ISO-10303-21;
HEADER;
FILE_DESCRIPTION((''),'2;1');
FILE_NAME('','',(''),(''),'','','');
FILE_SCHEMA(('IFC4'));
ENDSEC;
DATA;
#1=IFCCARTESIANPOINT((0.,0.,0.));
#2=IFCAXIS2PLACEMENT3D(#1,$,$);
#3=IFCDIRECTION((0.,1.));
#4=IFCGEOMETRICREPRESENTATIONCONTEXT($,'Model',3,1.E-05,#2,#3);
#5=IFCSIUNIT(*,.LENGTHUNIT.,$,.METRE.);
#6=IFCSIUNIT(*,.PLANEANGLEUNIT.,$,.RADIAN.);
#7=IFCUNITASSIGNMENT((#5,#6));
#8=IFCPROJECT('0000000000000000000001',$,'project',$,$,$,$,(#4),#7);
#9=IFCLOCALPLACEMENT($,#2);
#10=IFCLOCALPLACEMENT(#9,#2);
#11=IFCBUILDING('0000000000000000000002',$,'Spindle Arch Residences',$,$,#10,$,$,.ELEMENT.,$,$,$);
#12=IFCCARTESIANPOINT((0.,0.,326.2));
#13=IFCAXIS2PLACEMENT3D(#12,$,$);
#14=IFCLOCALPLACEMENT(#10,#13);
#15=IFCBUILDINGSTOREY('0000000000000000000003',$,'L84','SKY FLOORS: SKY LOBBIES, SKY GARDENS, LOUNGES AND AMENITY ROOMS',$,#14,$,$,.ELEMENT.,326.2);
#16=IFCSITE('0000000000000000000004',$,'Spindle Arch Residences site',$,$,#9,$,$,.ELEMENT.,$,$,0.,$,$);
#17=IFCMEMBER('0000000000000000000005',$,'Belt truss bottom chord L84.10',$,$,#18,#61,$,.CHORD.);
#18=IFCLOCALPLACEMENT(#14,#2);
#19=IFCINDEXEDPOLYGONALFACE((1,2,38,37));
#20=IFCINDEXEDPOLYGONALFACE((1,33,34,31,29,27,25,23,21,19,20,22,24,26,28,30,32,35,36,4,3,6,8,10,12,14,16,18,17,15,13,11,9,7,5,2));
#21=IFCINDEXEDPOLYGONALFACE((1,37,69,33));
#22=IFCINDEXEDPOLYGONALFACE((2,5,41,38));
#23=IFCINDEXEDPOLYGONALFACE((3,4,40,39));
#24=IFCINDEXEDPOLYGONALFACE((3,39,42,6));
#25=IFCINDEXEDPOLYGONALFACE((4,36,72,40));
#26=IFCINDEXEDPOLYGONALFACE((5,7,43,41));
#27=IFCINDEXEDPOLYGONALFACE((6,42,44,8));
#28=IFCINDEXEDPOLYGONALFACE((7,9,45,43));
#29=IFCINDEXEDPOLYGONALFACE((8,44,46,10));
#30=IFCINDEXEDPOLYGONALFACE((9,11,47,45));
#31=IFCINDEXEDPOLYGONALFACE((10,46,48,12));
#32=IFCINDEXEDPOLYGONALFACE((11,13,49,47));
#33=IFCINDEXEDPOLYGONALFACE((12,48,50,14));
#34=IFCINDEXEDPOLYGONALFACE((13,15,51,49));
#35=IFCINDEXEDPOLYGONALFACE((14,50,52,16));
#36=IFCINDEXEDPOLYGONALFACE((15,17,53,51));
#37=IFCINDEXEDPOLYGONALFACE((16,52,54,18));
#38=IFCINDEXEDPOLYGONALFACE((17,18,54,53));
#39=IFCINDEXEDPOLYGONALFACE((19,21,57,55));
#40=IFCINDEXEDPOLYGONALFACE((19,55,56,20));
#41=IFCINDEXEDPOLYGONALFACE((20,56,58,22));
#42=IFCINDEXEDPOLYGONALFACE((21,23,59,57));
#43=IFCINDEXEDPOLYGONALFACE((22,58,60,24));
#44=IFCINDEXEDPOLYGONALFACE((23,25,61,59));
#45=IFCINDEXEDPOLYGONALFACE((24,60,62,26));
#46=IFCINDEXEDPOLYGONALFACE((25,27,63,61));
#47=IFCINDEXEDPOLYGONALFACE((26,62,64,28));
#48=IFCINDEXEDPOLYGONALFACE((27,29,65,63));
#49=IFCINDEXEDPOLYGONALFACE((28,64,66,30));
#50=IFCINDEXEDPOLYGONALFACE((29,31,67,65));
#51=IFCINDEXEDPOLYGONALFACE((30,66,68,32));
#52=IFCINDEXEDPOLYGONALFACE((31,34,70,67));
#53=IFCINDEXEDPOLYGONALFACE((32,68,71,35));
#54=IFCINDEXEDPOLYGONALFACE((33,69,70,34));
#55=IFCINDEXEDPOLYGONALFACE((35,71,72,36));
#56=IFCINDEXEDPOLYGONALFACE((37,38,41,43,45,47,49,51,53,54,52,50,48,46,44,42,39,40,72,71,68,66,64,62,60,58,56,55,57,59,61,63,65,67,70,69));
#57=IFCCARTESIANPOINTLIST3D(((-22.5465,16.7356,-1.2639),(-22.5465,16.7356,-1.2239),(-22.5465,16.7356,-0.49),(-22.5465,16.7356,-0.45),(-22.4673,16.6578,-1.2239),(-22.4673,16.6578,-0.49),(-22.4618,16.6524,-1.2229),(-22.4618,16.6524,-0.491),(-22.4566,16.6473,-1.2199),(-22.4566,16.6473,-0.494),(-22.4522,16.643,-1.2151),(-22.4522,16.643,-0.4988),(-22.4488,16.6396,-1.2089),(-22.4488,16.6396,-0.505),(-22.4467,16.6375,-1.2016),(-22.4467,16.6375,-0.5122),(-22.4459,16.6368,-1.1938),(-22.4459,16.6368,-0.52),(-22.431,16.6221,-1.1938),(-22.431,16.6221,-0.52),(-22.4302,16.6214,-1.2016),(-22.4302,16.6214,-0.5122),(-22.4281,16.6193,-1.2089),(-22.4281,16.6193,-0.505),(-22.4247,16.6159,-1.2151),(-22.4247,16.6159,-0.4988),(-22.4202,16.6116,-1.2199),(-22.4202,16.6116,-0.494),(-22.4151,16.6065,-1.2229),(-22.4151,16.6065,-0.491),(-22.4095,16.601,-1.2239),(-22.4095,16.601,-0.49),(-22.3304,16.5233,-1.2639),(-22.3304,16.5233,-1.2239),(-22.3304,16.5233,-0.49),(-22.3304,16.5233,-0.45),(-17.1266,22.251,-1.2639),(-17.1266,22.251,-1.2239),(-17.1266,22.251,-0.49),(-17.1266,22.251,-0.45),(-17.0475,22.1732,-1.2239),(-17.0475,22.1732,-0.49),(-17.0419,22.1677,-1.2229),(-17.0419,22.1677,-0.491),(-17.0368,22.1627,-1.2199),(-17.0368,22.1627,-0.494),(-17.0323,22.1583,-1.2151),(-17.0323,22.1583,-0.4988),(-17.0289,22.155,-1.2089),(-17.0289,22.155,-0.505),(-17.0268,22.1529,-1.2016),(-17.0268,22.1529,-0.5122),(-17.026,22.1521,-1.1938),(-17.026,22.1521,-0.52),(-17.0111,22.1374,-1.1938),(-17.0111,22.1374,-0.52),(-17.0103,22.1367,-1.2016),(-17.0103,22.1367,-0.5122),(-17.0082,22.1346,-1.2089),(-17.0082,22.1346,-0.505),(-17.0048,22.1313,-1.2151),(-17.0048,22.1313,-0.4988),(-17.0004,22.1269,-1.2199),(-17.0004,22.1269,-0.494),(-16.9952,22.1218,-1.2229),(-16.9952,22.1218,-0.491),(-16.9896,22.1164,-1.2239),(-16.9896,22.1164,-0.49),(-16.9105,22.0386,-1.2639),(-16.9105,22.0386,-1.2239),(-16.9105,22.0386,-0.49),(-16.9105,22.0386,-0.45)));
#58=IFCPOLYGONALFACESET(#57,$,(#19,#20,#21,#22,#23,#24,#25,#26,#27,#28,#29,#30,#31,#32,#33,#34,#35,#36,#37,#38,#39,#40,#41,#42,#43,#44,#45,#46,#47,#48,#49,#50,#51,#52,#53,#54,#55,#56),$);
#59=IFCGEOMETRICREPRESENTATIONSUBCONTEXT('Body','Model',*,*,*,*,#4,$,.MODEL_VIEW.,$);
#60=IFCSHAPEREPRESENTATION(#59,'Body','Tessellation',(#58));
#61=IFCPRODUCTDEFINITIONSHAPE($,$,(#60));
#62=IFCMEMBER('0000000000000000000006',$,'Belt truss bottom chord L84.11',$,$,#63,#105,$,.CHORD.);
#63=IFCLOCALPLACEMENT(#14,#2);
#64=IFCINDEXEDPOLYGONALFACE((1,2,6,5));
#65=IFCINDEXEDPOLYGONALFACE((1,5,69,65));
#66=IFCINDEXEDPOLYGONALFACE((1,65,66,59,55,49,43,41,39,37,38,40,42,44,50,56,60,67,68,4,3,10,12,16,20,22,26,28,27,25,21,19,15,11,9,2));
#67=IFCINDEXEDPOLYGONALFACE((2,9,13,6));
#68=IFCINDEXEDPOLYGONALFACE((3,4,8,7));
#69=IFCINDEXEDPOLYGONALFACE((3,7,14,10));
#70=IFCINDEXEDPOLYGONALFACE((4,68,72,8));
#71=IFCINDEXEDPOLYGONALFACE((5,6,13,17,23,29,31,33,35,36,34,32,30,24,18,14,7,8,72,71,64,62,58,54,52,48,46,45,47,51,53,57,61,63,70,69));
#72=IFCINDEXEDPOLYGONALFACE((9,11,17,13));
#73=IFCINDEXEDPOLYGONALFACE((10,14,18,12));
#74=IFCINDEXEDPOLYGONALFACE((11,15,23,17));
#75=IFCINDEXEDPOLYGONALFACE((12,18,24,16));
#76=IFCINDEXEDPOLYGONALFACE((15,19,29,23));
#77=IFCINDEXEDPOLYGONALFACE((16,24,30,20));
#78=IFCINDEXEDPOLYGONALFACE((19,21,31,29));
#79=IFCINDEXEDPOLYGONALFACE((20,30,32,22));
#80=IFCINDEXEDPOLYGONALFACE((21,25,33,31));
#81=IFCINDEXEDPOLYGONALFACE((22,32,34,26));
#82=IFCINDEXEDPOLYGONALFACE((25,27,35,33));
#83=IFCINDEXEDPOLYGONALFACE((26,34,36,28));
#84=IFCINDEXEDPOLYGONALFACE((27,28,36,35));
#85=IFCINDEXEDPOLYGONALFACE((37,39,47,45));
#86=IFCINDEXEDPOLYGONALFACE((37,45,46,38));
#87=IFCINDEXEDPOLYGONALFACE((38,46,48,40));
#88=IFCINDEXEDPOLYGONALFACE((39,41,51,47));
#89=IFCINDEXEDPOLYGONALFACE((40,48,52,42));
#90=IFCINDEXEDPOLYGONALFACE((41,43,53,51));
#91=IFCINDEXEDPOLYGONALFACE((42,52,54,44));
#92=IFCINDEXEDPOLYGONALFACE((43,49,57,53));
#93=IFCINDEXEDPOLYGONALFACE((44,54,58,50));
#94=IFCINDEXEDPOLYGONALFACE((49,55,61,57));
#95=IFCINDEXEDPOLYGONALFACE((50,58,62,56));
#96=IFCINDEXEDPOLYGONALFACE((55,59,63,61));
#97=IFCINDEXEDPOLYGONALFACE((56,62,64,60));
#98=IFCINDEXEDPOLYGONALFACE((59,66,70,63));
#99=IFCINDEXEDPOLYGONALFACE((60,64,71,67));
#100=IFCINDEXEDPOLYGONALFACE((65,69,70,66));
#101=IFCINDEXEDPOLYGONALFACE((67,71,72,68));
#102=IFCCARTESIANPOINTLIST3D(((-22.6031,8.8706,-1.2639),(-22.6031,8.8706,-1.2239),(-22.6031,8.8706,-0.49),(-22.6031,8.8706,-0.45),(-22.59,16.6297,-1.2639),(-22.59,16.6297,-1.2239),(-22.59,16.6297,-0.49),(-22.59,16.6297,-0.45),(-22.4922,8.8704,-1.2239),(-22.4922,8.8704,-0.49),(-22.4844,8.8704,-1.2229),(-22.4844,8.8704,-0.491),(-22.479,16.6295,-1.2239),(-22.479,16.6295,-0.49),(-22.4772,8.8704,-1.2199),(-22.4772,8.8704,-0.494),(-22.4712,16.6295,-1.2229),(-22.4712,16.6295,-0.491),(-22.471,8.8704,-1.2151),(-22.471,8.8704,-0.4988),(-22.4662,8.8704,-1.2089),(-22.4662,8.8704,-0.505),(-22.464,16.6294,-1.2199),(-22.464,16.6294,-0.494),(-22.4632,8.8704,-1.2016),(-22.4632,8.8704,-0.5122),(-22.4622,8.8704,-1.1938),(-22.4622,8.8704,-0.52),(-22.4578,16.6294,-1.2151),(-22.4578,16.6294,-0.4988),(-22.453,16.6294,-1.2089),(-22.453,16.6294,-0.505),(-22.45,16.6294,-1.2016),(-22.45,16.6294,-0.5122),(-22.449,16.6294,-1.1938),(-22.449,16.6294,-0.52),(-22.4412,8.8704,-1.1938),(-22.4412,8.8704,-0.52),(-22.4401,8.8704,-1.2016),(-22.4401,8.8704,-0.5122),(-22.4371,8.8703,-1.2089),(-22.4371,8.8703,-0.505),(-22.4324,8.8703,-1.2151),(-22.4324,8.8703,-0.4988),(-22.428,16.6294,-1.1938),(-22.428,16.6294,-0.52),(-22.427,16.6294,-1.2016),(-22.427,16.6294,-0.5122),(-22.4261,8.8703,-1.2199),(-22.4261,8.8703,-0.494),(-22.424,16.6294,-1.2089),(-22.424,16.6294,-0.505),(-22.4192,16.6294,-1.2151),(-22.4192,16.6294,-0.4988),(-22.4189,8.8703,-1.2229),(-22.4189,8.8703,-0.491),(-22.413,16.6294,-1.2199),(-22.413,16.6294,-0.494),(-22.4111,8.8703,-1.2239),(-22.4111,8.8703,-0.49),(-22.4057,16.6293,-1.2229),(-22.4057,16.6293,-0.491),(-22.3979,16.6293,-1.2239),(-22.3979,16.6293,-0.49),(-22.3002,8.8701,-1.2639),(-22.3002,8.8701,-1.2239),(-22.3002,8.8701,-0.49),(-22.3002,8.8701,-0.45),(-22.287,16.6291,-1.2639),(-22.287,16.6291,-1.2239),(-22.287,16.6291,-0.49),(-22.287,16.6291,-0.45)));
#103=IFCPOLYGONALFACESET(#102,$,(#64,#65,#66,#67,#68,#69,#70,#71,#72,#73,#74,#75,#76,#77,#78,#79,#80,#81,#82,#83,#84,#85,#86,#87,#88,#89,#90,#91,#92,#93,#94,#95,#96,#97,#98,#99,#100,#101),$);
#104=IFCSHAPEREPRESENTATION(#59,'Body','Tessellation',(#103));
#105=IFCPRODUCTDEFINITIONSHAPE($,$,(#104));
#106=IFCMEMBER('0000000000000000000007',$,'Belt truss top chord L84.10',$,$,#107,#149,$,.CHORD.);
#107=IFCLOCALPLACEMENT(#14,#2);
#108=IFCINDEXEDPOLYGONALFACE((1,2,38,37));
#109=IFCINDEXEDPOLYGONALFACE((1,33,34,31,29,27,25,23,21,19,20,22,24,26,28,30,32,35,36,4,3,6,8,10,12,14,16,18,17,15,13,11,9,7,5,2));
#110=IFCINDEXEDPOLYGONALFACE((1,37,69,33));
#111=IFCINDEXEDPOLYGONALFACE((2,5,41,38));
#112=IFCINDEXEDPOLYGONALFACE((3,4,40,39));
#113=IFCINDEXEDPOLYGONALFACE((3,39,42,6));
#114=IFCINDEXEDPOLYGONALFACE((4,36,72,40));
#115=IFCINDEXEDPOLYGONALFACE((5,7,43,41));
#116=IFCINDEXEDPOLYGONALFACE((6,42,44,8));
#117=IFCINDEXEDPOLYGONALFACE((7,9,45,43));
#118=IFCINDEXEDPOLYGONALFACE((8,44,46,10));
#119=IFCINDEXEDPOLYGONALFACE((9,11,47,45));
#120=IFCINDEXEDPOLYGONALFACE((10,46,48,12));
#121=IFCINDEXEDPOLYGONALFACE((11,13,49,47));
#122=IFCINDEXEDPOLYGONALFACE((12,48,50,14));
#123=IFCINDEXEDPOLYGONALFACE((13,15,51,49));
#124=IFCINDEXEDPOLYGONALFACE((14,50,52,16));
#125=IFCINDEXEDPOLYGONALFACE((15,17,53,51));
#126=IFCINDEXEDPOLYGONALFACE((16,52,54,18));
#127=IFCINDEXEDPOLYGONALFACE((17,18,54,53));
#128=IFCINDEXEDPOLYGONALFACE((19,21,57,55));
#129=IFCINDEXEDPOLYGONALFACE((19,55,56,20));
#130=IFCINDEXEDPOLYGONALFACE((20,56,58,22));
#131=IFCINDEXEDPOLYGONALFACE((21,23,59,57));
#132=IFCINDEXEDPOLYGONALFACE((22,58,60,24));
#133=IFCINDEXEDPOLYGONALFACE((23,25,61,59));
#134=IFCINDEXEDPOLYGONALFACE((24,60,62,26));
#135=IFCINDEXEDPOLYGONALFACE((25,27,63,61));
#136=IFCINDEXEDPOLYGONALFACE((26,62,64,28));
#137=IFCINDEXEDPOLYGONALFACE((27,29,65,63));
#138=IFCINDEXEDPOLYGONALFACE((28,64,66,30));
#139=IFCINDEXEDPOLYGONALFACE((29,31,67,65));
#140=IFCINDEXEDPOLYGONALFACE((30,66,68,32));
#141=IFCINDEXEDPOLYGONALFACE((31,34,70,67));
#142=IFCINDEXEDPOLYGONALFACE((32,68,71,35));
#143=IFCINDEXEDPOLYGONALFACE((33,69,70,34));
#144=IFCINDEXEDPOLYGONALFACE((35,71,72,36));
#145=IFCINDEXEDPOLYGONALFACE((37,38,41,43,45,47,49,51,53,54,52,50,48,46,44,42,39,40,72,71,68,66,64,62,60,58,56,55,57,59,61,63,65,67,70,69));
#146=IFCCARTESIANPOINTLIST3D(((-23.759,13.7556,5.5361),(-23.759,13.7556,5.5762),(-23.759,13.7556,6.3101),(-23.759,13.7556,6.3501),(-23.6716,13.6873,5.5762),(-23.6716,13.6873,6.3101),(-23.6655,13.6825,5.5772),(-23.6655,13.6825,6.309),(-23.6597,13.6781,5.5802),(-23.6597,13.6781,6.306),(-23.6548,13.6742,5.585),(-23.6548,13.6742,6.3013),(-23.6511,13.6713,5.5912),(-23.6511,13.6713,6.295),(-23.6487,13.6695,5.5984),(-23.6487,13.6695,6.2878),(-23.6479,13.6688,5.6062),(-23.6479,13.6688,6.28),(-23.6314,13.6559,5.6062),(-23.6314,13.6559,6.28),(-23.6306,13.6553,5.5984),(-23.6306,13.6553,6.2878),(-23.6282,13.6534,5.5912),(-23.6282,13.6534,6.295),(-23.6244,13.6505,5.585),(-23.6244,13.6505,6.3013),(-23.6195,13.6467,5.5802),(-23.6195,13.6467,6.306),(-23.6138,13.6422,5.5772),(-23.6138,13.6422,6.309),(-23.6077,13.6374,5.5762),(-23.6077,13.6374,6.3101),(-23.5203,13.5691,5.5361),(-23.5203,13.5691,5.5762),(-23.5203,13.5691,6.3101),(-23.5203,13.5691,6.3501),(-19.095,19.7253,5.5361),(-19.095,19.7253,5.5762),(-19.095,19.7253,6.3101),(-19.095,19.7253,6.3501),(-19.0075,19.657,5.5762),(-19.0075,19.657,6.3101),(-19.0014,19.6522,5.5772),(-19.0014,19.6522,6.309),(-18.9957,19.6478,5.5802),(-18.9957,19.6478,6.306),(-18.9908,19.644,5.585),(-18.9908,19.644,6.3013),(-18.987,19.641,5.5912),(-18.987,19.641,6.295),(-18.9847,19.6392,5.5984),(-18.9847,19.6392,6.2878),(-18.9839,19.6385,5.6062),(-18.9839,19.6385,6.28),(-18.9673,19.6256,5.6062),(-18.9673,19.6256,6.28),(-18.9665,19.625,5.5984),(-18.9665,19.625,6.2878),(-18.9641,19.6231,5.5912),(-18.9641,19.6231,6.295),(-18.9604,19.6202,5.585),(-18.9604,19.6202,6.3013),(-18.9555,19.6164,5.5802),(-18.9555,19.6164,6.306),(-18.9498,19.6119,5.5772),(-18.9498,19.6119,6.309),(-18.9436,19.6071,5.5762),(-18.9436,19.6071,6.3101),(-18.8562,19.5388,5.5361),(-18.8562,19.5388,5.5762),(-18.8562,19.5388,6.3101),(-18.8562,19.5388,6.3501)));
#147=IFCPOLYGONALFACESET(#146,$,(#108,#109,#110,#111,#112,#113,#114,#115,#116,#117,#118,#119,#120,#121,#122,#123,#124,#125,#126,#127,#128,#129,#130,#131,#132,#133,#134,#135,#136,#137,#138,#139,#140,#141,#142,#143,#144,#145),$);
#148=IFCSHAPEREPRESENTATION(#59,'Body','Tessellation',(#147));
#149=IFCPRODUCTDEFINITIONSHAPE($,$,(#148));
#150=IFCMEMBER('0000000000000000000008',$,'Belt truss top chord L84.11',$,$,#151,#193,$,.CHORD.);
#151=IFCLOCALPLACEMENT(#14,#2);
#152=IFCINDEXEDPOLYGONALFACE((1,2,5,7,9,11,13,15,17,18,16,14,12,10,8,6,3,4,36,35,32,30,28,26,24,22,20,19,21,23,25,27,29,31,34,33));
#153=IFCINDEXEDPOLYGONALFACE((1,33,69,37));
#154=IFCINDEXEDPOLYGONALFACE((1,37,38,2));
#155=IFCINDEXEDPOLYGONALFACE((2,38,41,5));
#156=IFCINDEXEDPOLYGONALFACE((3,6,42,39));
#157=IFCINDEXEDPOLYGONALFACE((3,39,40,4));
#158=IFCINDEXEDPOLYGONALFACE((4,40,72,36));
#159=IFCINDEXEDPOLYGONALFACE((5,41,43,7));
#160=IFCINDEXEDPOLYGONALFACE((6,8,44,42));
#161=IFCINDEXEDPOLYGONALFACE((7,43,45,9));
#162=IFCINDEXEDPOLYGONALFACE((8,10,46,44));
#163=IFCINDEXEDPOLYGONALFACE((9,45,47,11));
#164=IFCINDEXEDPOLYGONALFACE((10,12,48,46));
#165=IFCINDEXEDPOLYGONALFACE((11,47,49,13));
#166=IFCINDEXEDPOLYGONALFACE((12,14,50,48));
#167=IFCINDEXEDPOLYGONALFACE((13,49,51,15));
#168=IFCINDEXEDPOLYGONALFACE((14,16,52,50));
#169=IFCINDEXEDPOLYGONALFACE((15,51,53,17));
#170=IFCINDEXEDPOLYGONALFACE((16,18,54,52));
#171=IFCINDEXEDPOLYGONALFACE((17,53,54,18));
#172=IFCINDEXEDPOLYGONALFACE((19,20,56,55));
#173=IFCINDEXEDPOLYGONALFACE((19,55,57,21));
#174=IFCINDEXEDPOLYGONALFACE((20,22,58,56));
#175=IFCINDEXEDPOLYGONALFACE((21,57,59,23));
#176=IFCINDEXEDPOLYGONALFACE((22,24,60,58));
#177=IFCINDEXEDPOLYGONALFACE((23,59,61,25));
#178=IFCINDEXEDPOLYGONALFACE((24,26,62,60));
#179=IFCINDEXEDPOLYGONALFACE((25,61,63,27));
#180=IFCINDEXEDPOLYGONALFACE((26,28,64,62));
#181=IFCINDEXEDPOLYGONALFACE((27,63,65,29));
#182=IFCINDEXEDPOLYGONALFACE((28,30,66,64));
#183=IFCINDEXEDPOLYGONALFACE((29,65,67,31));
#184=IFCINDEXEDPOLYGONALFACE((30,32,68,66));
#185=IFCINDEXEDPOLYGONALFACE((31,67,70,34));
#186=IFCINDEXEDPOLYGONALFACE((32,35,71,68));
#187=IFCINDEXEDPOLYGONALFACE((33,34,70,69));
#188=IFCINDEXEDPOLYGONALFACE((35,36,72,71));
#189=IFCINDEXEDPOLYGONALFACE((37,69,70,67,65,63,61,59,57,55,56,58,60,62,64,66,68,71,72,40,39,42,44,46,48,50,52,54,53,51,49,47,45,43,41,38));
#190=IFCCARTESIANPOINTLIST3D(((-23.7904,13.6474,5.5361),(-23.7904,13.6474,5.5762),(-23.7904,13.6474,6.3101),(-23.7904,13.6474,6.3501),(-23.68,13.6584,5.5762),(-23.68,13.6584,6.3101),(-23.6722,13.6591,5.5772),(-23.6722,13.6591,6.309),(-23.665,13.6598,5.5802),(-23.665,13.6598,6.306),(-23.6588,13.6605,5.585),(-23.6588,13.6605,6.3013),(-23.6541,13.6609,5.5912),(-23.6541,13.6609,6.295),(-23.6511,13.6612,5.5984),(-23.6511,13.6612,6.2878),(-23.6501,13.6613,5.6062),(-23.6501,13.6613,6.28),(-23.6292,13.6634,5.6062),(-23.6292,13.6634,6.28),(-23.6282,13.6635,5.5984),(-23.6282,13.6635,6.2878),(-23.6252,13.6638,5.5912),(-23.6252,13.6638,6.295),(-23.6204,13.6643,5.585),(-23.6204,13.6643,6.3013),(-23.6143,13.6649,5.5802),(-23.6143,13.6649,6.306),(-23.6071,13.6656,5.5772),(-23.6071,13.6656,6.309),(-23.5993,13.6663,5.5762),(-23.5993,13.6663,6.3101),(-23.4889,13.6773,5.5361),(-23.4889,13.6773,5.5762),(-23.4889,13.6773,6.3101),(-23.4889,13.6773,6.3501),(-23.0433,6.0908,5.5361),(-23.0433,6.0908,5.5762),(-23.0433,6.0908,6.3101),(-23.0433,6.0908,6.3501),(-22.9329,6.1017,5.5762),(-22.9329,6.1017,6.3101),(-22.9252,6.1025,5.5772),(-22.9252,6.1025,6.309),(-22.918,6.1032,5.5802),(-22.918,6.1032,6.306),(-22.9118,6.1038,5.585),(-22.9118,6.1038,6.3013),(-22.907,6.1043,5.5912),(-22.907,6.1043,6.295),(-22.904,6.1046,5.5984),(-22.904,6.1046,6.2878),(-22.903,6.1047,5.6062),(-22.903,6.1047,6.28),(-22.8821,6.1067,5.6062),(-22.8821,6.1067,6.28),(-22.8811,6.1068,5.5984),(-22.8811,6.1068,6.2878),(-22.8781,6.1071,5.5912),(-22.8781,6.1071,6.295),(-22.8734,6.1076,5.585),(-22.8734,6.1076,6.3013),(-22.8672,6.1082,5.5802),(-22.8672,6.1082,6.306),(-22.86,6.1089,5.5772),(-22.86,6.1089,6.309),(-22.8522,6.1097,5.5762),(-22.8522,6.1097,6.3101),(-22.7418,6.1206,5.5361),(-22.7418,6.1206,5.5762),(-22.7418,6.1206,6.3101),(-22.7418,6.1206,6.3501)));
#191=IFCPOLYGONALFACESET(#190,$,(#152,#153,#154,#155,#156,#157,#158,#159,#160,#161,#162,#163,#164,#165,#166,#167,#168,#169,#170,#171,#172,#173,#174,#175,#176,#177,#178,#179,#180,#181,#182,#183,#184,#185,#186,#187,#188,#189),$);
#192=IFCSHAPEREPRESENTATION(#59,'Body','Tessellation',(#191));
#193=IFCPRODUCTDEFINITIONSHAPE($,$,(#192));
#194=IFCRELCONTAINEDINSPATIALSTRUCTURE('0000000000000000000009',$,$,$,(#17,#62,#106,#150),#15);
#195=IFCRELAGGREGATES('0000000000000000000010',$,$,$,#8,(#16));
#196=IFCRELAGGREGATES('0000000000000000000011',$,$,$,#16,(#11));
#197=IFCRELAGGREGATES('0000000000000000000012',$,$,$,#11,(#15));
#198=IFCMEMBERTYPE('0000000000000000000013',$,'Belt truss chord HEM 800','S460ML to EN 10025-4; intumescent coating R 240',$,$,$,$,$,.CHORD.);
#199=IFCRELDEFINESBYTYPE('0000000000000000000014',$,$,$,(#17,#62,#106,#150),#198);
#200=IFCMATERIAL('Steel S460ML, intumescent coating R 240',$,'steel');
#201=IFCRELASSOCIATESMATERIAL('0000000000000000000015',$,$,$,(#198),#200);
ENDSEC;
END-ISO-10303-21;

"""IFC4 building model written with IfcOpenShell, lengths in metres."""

from ifc_helpers import new_model, si_unit, direction, frame, origin, origin_2d, place, context, subcontext, project, spatial, i_section, extrude, material, material_profile, profile_set, type_object, element, save


model = new_model("IFC4")

# Units and contexts
model_context = context("Model", 3, precision=1e-05, world=origin(), true_north=direction((0.0, 1.0)))
body_context = subcontext(model_context, "Body", "Model", "MODEL_VIEW")
ifc_project = project(units=[si_unit("LENGTHUNIT", "METRE"), si_unit("PLANEANGLEUNIT", "RADIAN")], contexts=[model_context])

# Site, building, storey
site_placement = place(None, origin())
site = spatial("IfcSite", under=ifc_project, at=site_placement, Name="Spindle Arch Residences site", CompositionType="ELEMENT", RefElevation=0.0)
building_placement = place(site_placement, origin())
building = spatial("IfcBuilding", under=site, at=building_placement, Name="Spindle Arch Residences", CompositionType="ELEMENT")
storey_placement = place(building_placement, frame((0.0, 0.0, 326.2)))
storey = spatial("IfcBuildingStorey", under=building, at=storey_placement, Name="L84", Description="SKY FLOORS: SKY LOBBIES, SKY GARDENS, LOUNGES AND AMENITY ROOMS", CompositionType="ELEMENT", Elevation=326.2)

# Members
ifc_material_1 = material(Name="Steel S460ML, intumescent coating R 240", Category="steel")
ifc_material_profile_1 = material_profile(ifc_material_1, i_section(OverallWidth=0.303, OverallDepth=0.814, WebThickness=0.021, FlangeThickness=0.04, FilletRadius=0.03, at=origin_2d()), Name="HEM 800")
ifc_profile_set_1 = profile_set([ifc_material_profile_1], Name="Steel S460ML, intumescent coating R 240")
member_type_1 = type_object("IfcMemberType", Name="Belt truss chord HEM 800", Description="S460ML to EN 10025-4; intumescent coating R 240", PredefinedType="CHORD", material=ifc_profile_set_1)
member_1_placement = place(storey_placement, frame((-17.0186, 22.1448, -0.8569), z_axis=(-0.700907, -0.713252, 0.0), x_axis=(0.713252, -0.700907, 0.0)))
element("IfcMember", 1, at=member_1_placement, inside=storey, type_object=member_type_1, Name="Belt truss bottom chord L84.10", PredefinedType="CHORD", context=body_context, shape_type="SweptSolid", body=[
    extrude(i_section(OverallWidth=0.303, OverallDepth=0.814, WebThickness=0.021, FlangeThickness=0.04, FilletRadius=0.03, at=origin_2d()), origin(), (0.0, 0.0, 1.0), 7.7327),
])
member_2_placement = place(storey_placement, frame((-22.4385, 16.6294, -0.8569), z_axis=(-0.001699, -0.999999, 0.0), x_axis=(0.999999, -0.001699, 0.0)))
element("IfcMember", 2, at=member_2_placement, inside=storey, type_object=member_type_1, Name="Belt truss bottom chord L84.11", PredefinedType="CHORD", context=body_context, shape_type="SweptSolid", body=[
    extrude(i_section(OverallWidth=0.303, OverallDepth=0.814, WebThickness=0.021, FlangeThickness=0.04, FilletRadius=0.03, at=origin_2d()), origin(), (0.0, 0.0, 1.0), 7.759),
])
member_3_placement = place(storey_placement, frame((-18.9756, 19.6321, 5.9431), z_axis=(-0.615662, -0.788011, 0.0), x_axis=(0.788011, -0.615662, 0.0)))
element("IfcMember", 3, at=member_3_placement, inside=storey, type_object=member_type_1, Name="Belt truss top chord L84.10", PredefinedType="CHORD", context=body_context, shape_type="SweptSolid", body=[
    extrude(i_section(OverallWidth=0.303, OverallDepth=0.814, WebThickness=0.021, FlangeThickness=0.04, FilletRadius=0.03, at=origin_2d()), origin(), (0.0, 0.0, 1.0), 7.5757),
])
member_4_placement = place(storey_placement, frame((-23.6396, 13.6624, 5.9431), z_axis=(0.098383, -0.995149, 0.0), x_axis=(0.995149, 0.098383, 0.0)))
element("IfcMember", 4, at=member_4_placement, inside=storey, type_object=member_type_1, Name="Belt truss top chord L84.11", PredefinedType="CHORD", context=body_context, shape_type="SweptSolid", body=[
    extrude(i_section(OverallWidth=0.303, OverallDepth=0.814, WebThickness=0.021, FlangeThickness=0.04, FilletRadius=0.03, at=origin_2d()), origin(), (0.0, 0.0, 1.0), 7.5935),
])

save(model, "model.ifc")
